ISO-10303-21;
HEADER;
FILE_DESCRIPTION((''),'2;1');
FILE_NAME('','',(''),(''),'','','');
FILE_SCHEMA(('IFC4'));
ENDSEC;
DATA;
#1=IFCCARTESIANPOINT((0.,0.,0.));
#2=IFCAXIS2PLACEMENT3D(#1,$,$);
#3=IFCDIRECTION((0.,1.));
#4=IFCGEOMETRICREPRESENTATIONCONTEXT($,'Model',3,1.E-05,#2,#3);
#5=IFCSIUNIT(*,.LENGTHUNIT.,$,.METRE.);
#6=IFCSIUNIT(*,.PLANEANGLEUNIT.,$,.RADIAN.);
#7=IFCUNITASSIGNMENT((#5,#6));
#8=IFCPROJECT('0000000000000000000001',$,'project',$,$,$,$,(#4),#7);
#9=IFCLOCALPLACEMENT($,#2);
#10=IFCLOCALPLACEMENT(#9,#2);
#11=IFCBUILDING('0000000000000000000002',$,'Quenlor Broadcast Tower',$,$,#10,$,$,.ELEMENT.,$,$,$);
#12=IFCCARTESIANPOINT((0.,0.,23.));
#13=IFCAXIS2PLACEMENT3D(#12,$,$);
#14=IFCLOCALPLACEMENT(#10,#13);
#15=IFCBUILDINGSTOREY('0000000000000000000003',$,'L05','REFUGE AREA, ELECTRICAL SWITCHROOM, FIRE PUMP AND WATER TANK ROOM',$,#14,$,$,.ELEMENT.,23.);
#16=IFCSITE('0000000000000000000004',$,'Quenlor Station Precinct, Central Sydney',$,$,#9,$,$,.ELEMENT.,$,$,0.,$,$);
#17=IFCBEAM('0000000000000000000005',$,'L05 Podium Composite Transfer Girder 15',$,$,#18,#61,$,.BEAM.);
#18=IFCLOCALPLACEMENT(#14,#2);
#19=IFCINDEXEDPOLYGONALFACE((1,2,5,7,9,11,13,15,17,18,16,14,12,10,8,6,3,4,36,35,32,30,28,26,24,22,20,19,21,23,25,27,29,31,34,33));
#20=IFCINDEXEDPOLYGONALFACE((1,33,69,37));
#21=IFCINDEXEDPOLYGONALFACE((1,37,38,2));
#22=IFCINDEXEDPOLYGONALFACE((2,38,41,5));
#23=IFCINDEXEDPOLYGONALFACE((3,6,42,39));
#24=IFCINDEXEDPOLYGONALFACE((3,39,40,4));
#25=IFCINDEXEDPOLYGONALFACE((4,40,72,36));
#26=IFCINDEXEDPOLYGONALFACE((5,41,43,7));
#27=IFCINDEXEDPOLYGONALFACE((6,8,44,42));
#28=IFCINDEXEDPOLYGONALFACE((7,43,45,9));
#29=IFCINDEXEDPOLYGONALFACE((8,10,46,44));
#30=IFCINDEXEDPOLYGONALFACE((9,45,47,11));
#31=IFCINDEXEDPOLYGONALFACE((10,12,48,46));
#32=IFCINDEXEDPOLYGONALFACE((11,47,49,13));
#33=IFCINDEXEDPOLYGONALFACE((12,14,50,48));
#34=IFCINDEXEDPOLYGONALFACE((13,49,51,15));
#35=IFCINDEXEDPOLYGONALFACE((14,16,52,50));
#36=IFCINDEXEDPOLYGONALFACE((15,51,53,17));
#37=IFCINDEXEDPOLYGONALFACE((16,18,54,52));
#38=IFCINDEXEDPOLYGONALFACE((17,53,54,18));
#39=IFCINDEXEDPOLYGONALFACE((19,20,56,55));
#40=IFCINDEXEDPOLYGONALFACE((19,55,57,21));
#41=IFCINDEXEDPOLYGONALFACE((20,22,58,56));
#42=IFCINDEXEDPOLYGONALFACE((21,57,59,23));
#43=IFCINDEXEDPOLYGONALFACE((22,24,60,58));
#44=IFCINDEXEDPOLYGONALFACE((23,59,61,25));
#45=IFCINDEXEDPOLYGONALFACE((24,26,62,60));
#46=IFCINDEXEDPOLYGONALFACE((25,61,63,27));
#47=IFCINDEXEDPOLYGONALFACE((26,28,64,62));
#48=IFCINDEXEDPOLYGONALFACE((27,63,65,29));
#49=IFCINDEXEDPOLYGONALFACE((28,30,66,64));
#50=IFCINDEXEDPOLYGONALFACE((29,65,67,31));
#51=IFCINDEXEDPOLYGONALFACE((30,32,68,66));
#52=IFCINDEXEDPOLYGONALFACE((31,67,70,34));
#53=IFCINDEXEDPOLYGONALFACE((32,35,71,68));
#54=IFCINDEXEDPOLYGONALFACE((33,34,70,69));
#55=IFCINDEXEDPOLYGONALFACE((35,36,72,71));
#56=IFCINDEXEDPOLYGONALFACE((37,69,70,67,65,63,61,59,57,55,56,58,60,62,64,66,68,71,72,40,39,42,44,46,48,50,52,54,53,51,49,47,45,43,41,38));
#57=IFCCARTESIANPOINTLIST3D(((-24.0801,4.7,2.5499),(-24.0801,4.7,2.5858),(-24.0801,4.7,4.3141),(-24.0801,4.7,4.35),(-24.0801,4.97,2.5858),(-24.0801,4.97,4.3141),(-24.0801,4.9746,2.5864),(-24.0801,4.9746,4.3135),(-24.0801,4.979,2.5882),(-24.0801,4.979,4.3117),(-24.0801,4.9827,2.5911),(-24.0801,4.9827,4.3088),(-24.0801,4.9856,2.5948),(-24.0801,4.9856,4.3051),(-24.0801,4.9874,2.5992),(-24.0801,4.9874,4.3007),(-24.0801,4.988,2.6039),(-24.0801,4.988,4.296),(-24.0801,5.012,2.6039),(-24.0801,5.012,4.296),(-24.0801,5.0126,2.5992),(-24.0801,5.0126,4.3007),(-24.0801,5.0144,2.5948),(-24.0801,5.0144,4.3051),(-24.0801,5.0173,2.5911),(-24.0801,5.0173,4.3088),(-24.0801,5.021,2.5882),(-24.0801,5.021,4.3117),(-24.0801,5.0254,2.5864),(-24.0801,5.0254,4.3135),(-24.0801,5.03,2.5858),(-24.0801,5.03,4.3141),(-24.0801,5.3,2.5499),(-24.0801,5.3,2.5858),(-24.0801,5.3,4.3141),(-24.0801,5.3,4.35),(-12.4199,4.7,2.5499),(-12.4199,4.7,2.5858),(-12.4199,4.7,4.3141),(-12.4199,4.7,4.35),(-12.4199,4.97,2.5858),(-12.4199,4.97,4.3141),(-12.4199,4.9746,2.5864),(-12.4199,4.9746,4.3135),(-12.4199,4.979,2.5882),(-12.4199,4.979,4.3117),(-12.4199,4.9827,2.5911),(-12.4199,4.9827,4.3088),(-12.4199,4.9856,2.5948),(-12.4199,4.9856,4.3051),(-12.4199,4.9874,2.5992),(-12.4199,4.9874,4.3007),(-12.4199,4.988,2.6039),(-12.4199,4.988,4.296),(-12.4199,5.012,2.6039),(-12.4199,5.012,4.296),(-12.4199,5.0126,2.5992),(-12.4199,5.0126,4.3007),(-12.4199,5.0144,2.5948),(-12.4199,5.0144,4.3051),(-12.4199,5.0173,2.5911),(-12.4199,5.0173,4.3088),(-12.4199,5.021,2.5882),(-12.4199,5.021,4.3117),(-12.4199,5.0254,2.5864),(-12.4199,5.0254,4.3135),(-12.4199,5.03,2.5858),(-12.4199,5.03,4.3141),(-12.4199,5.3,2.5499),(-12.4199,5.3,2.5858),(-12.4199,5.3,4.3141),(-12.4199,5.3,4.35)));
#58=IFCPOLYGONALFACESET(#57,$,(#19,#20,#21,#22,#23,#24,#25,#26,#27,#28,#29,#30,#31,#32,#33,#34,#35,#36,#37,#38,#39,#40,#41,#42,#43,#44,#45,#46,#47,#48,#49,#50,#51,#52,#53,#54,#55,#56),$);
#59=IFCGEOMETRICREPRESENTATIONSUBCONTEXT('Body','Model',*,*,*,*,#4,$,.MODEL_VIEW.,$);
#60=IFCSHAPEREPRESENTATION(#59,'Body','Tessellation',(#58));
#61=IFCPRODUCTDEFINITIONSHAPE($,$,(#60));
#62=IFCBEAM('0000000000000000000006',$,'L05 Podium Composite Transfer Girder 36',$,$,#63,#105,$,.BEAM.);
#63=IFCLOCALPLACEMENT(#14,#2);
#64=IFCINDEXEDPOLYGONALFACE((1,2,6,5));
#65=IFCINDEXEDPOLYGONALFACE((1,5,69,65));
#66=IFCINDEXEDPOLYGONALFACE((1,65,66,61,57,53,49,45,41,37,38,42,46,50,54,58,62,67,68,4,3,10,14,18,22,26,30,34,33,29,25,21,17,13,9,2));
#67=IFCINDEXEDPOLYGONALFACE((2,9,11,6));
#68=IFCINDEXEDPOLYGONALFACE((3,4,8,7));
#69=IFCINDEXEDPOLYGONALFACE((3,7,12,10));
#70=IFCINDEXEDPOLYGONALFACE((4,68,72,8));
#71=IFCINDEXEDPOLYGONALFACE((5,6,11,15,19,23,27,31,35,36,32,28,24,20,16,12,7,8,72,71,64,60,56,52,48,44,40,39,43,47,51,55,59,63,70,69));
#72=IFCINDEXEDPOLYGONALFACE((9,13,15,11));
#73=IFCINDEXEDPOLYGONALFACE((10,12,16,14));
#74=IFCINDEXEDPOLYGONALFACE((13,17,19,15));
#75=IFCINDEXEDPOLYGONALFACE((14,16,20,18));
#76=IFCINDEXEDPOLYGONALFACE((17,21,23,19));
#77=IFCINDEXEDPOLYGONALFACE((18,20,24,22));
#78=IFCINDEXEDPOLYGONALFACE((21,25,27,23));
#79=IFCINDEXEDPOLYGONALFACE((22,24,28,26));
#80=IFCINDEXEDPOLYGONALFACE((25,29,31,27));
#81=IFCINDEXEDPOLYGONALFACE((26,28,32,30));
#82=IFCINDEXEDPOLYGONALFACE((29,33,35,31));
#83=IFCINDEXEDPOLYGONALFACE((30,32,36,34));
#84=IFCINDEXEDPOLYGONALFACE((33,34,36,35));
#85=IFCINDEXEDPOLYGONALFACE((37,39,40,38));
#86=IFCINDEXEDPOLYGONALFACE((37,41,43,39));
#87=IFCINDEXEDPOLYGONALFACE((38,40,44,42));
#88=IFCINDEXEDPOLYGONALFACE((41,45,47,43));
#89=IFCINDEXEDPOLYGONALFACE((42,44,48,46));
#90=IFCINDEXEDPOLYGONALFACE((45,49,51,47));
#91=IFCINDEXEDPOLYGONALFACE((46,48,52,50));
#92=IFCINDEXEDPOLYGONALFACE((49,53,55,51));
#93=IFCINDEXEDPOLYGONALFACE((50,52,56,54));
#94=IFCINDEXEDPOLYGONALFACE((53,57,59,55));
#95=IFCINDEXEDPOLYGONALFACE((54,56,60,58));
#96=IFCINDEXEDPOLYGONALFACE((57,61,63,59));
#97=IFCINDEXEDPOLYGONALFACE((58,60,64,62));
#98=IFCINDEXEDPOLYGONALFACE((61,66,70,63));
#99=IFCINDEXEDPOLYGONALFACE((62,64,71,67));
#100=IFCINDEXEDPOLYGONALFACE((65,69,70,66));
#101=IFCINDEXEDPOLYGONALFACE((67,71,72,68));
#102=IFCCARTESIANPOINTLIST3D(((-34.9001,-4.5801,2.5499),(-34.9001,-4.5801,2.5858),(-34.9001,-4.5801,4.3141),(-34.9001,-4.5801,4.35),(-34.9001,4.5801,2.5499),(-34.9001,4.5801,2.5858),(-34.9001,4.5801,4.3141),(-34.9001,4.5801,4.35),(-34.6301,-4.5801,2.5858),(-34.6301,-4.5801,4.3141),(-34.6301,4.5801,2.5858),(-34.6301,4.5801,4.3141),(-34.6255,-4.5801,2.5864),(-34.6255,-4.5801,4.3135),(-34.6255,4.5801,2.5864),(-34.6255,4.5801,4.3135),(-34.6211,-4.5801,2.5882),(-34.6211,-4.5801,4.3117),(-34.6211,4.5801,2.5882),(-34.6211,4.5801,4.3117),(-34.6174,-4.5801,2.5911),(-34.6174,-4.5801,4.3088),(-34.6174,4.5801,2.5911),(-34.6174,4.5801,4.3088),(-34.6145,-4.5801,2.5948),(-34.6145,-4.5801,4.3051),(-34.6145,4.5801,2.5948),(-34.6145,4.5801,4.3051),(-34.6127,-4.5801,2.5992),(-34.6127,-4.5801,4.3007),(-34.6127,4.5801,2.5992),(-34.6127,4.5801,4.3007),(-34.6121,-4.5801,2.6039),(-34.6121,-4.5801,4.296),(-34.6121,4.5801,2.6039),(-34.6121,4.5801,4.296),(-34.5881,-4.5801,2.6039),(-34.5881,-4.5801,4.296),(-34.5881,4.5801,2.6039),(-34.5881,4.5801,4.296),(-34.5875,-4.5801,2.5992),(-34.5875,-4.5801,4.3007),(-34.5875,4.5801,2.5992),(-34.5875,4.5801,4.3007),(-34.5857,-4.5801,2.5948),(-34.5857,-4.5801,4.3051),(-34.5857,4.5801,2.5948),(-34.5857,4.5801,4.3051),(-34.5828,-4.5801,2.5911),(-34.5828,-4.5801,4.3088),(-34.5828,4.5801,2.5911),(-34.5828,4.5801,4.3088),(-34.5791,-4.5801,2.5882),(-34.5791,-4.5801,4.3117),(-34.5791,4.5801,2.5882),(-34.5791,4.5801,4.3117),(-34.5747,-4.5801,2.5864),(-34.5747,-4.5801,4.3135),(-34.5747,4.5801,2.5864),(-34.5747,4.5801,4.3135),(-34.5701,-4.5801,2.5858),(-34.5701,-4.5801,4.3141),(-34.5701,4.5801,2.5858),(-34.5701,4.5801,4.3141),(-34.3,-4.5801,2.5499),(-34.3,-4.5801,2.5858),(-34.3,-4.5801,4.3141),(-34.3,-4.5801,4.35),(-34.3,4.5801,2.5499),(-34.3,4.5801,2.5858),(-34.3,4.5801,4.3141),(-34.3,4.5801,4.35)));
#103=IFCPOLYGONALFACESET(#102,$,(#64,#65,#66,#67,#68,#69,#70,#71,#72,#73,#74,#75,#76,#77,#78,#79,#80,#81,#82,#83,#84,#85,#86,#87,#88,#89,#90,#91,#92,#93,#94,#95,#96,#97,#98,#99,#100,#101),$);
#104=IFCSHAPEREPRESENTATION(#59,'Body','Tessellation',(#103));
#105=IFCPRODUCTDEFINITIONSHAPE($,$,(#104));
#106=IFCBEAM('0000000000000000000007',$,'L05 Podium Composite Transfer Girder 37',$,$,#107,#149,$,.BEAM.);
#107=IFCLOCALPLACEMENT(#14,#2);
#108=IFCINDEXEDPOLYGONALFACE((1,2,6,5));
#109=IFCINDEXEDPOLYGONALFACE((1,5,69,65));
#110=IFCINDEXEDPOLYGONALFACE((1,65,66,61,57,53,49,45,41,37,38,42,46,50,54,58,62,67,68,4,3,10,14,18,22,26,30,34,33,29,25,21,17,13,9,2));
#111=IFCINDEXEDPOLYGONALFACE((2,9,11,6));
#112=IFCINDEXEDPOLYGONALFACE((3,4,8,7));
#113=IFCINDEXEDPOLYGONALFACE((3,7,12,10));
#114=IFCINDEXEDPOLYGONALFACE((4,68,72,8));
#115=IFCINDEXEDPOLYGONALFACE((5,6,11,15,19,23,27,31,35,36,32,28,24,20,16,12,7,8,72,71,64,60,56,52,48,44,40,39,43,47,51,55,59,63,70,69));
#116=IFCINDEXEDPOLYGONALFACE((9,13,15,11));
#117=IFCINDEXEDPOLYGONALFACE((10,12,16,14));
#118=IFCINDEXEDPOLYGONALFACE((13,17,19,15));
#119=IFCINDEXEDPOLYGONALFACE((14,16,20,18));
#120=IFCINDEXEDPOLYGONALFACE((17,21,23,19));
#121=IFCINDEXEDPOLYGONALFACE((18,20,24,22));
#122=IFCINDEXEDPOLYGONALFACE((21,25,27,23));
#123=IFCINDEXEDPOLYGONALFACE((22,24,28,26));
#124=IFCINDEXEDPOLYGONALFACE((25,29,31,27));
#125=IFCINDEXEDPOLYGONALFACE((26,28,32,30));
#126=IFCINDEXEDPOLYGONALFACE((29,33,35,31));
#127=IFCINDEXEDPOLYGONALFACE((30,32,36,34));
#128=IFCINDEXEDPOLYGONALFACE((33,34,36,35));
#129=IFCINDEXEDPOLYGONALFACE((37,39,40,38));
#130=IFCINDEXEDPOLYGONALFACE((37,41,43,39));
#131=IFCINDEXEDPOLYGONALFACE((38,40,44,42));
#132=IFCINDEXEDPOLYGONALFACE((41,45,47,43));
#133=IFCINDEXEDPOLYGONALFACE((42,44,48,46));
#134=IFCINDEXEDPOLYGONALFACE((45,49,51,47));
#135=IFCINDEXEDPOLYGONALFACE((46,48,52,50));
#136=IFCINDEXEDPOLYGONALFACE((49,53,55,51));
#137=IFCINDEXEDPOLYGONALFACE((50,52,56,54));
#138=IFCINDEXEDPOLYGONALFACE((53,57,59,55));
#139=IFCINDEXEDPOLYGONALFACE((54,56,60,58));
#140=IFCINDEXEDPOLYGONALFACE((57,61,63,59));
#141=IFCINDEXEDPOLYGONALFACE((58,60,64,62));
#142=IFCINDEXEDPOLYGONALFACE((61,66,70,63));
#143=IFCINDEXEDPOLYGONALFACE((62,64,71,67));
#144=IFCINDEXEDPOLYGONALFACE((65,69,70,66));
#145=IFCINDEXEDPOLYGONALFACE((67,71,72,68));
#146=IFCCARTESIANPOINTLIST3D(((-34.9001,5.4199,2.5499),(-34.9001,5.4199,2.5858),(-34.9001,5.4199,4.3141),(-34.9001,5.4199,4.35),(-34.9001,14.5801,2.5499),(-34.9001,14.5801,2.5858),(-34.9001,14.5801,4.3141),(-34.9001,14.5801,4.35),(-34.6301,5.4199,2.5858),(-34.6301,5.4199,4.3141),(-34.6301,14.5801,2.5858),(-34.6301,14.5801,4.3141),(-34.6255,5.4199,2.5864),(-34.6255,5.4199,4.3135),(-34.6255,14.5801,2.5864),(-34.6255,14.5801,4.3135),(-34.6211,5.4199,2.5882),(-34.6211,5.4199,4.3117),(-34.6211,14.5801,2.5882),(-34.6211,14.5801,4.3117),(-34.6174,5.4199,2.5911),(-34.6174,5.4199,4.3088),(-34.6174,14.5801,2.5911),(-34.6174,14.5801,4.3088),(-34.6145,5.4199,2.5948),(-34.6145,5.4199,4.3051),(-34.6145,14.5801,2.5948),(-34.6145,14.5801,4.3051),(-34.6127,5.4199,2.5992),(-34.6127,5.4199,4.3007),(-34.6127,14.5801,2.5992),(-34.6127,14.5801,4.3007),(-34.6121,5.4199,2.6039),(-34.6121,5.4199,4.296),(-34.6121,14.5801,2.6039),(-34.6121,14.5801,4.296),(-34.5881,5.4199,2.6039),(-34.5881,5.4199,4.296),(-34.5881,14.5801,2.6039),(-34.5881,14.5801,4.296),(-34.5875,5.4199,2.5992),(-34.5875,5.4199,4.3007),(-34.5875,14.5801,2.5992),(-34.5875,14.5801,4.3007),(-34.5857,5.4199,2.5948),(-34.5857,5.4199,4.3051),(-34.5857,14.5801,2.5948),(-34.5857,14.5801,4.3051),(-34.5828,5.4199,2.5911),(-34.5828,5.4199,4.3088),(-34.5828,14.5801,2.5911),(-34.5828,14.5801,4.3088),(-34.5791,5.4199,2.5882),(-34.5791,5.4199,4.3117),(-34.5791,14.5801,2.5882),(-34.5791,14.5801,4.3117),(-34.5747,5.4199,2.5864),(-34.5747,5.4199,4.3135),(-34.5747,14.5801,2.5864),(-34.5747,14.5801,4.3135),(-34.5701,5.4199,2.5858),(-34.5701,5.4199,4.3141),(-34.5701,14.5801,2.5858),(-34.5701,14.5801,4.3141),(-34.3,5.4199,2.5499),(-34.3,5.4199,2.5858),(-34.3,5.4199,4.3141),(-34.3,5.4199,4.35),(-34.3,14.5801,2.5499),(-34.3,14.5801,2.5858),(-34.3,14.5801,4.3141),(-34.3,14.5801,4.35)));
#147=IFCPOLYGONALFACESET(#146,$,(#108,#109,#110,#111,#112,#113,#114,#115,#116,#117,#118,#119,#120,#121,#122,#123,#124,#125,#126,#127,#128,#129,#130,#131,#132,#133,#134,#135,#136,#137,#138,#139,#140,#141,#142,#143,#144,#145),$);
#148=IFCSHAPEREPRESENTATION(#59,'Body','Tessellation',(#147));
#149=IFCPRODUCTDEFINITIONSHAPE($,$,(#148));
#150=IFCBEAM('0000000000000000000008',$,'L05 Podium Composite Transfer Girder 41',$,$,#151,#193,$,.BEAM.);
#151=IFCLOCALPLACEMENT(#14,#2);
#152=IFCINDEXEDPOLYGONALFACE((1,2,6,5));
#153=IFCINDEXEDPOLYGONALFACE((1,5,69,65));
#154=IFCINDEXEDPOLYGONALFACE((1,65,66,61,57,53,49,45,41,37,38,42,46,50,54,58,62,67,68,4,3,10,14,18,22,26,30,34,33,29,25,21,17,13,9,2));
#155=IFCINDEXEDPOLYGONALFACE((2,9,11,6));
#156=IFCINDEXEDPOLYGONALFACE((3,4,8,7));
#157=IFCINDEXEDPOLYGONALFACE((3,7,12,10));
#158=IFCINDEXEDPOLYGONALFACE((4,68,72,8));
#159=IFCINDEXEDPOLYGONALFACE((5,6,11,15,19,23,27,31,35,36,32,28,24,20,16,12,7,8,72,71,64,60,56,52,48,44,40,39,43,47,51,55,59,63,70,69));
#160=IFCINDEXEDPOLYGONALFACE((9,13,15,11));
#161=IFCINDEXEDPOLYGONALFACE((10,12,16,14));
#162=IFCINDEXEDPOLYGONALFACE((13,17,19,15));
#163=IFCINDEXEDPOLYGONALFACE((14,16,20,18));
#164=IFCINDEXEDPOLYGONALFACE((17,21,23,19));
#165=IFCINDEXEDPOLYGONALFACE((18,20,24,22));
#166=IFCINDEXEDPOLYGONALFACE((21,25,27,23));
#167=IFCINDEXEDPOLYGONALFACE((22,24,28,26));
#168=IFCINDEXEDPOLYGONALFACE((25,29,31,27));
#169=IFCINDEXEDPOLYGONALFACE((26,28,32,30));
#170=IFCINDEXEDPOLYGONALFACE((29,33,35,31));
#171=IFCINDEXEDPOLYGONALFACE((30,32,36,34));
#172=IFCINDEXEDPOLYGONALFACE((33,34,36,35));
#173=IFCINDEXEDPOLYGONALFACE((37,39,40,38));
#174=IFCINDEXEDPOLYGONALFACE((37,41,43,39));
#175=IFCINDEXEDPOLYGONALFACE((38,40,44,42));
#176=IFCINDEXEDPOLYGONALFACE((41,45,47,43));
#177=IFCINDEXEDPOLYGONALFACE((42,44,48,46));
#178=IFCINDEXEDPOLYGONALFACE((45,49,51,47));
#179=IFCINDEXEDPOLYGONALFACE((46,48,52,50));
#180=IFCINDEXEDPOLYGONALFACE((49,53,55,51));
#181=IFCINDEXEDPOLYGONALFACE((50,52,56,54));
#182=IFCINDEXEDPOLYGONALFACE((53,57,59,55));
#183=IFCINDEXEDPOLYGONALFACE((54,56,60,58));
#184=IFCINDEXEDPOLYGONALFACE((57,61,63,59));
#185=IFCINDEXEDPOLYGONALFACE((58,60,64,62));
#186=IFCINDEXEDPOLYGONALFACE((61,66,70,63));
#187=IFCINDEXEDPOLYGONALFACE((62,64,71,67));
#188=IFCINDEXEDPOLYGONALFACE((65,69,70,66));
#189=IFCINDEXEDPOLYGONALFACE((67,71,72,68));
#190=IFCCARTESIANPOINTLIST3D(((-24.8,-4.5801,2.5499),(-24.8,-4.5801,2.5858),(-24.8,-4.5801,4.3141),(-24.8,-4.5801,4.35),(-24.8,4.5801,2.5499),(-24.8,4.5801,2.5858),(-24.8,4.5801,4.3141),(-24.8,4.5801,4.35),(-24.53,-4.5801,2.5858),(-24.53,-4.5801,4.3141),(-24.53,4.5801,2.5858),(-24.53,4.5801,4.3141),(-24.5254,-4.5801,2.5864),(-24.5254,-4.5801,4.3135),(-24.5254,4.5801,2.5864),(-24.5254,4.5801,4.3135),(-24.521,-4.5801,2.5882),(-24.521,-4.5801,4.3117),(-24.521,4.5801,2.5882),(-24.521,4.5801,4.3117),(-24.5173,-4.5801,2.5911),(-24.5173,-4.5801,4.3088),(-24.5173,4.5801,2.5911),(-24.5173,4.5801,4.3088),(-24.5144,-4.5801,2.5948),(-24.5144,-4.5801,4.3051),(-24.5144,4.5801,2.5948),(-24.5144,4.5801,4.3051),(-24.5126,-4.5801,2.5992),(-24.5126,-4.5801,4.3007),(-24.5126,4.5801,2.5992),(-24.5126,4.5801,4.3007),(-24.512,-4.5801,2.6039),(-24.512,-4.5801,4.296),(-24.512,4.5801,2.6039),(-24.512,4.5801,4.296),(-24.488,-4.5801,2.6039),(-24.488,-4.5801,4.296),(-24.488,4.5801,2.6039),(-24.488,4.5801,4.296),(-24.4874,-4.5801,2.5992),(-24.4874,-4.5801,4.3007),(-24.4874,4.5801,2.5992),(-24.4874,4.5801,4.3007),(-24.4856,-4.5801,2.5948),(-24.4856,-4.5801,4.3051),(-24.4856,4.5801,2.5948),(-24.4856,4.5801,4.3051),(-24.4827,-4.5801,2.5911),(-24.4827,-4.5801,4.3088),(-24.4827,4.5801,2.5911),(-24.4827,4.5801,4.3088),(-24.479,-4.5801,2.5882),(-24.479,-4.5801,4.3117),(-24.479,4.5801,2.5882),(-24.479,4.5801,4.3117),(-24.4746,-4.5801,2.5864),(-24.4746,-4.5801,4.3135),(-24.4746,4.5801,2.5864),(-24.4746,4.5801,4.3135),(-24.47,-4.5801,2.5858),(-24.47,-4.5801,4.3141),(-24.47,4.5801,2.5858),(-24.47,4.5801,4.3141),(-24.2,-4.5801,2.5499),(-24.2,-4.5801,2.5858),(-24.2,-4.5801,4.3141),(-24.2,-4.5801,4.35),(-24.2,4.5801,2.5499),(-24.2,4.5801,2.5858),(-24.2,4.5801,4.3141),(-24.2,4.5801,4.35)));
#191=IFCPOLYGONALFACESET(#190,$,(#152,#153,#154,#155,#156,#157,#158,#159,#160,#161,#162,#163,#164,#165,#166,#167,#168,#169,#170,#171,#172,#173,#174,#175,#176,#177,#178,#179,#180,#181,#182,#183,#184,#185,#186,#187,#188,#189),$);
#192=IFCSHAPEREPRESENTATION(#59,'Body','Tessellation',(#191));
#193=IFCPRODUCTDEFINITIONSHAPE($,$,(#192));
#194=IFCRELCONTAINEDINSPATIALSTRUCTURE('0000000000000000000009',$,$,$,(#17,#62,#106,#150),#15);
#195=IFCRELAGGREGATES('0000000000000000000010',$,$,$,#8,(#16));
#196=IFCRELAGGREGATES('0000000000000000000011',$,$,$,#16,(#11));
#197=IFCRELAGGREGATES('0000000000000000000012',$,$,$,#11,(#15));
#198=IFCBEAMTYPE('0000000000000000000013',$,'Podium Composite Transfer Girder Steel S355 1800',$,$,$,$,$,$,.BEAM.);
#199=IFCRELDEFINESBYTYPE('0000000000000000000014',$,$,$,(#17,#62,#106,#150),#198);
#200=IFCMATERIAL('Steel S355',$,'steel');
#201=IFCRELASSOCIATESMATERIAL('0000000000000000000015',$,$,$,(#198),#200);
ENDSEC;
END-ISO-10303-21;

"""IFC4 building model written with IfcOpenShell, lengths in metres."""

from ifc_helpers import new_model, si_unit, direction, frame, origin, origin_2d, place, context, subcontext, project, spatial, i_section, extrude, material, material_profile, profile_set, type_object, element, save


model = new_model("IFC4")

# Units and contexts
model_context = context("Model", 3, precision=1e-05, world=origin(), true_north=direction((0.0, 1.0)))
body_context = subcontext(model_context, "Body", "Model", "MODEL_VIEW")
ifc_project = project(units=[si_unit("LENGTHUNIT", "METRE"), si_unit("PLANEANGLEUNIT", "RADIAN")], contexts=[model_context])

# Site, building, storey
site_placement = place(None, origin())
site = spatial("IfcSite", under=ifc_project, at=site_placement, Name="Quenlor Station Precinct, Central Sydney", CompositionType="ELEMENT", RefElevation=0.0)
building_placement = place(site_placement, origin())
building = spatial("IfcBuilding", under=site, at=building_placement, Name="Quenlor Broadcast Tower", CompositionType="ELEMENT")
storey_placement = place(building_placement, frame((0.0, 0.0, 23.0)))
storey = spatial("IfcBuildingStorey", under=building, at=storey_placement, Name="L05", Description="REFUGE AREA, ELECTRICAL SWITCHROOM, FIRE PUMP AND WATER TANK ROOM", CompositionType="ELEMENT", Elevation=23.0)

# Beams
ifc_material_1 = material(Name="Steel S355", Category="steel")
ifc_material_profile_1 = material_profile(ifc_material_1, i_section(OverallWidth=0.6001, OverallDepth=1.8, WebThickness=0.0239, FlangeThickness=0.0359, FilletRadius=0.0181, at=origin_2d()))
ifc_profile_set_1 = profile_set([ifc_material_profile_1], Name="Steel S355 1800TG620")
beam_type = type_object("IfcBeamType", Name="Podium Composite Transfer Girder Steel S355 1800", PredefinedType="BEAM", material=ifc_profile_set_1)
beam_1_placement = place(storey_placement, frame((-24.0801, 5.0, 3.45), z_axis=(1.0, 0.0, 0.0), x_axis=(0.0, 1.0, 0.0)))
element("IfcBeam", 1, at=beam_1_placement, inside=storey, type_object=beam_type, Name="L05 Podium Composite Transfer Girder 15", PredefinedType="BEAM", context=body_context, shape_type="SweptSolid", body=[
    extrude(i_section(OverallWidth=0.6001, OverallDepth=1.8, WebThickness=0.0239, FlangeThickness=0.0359, FilletRadius=0.0181, at=origin_2d()), origin(), (0.0, 0.0, 1.0), 11.6602),
])
for number, where, z_axis, x_axis, name in (
    (2, (-34.6001, -4.5801, 3.45), (0.0, 1.0, 0.0), (-1.0, 0.0, 0.0), "L05 Podium Composite Transfer Girder 36"),
    (3, (-34.6001, 5.4199, 3.45), (0.0, 1.0, 0.0), (-1.0, 0.0, 0.0), "L05 Podium Composite Transfer Girder 37"),
    (4, (-24.5, -4.5801, 3.45), (0.0, 1.0, 0.0), (-1.0, 0.0, 0.0), "L05 Podium Composite Transfer Girder 41"),
):
    element("IfcBeam", number, at=place(storey_placement, frame(where, z_axis=z_axis, x_axis=x_axis)), inside=storey, type_object=beam_type, Name=name, PredefinedType="BEAM", context=body_context, shape_type="SweptSolid", body=[
        extrude(i_section(OverallWidth=0.6001, OverallDepth=1.8, WebThickness=0.0239, FlangeThickness=0.0359, FilletRadius=0.0181, at=origin_2d()), origin(), (0.0, 0.0, 1.0), 9.1602),
    ])

save(model, "model.ifc")
